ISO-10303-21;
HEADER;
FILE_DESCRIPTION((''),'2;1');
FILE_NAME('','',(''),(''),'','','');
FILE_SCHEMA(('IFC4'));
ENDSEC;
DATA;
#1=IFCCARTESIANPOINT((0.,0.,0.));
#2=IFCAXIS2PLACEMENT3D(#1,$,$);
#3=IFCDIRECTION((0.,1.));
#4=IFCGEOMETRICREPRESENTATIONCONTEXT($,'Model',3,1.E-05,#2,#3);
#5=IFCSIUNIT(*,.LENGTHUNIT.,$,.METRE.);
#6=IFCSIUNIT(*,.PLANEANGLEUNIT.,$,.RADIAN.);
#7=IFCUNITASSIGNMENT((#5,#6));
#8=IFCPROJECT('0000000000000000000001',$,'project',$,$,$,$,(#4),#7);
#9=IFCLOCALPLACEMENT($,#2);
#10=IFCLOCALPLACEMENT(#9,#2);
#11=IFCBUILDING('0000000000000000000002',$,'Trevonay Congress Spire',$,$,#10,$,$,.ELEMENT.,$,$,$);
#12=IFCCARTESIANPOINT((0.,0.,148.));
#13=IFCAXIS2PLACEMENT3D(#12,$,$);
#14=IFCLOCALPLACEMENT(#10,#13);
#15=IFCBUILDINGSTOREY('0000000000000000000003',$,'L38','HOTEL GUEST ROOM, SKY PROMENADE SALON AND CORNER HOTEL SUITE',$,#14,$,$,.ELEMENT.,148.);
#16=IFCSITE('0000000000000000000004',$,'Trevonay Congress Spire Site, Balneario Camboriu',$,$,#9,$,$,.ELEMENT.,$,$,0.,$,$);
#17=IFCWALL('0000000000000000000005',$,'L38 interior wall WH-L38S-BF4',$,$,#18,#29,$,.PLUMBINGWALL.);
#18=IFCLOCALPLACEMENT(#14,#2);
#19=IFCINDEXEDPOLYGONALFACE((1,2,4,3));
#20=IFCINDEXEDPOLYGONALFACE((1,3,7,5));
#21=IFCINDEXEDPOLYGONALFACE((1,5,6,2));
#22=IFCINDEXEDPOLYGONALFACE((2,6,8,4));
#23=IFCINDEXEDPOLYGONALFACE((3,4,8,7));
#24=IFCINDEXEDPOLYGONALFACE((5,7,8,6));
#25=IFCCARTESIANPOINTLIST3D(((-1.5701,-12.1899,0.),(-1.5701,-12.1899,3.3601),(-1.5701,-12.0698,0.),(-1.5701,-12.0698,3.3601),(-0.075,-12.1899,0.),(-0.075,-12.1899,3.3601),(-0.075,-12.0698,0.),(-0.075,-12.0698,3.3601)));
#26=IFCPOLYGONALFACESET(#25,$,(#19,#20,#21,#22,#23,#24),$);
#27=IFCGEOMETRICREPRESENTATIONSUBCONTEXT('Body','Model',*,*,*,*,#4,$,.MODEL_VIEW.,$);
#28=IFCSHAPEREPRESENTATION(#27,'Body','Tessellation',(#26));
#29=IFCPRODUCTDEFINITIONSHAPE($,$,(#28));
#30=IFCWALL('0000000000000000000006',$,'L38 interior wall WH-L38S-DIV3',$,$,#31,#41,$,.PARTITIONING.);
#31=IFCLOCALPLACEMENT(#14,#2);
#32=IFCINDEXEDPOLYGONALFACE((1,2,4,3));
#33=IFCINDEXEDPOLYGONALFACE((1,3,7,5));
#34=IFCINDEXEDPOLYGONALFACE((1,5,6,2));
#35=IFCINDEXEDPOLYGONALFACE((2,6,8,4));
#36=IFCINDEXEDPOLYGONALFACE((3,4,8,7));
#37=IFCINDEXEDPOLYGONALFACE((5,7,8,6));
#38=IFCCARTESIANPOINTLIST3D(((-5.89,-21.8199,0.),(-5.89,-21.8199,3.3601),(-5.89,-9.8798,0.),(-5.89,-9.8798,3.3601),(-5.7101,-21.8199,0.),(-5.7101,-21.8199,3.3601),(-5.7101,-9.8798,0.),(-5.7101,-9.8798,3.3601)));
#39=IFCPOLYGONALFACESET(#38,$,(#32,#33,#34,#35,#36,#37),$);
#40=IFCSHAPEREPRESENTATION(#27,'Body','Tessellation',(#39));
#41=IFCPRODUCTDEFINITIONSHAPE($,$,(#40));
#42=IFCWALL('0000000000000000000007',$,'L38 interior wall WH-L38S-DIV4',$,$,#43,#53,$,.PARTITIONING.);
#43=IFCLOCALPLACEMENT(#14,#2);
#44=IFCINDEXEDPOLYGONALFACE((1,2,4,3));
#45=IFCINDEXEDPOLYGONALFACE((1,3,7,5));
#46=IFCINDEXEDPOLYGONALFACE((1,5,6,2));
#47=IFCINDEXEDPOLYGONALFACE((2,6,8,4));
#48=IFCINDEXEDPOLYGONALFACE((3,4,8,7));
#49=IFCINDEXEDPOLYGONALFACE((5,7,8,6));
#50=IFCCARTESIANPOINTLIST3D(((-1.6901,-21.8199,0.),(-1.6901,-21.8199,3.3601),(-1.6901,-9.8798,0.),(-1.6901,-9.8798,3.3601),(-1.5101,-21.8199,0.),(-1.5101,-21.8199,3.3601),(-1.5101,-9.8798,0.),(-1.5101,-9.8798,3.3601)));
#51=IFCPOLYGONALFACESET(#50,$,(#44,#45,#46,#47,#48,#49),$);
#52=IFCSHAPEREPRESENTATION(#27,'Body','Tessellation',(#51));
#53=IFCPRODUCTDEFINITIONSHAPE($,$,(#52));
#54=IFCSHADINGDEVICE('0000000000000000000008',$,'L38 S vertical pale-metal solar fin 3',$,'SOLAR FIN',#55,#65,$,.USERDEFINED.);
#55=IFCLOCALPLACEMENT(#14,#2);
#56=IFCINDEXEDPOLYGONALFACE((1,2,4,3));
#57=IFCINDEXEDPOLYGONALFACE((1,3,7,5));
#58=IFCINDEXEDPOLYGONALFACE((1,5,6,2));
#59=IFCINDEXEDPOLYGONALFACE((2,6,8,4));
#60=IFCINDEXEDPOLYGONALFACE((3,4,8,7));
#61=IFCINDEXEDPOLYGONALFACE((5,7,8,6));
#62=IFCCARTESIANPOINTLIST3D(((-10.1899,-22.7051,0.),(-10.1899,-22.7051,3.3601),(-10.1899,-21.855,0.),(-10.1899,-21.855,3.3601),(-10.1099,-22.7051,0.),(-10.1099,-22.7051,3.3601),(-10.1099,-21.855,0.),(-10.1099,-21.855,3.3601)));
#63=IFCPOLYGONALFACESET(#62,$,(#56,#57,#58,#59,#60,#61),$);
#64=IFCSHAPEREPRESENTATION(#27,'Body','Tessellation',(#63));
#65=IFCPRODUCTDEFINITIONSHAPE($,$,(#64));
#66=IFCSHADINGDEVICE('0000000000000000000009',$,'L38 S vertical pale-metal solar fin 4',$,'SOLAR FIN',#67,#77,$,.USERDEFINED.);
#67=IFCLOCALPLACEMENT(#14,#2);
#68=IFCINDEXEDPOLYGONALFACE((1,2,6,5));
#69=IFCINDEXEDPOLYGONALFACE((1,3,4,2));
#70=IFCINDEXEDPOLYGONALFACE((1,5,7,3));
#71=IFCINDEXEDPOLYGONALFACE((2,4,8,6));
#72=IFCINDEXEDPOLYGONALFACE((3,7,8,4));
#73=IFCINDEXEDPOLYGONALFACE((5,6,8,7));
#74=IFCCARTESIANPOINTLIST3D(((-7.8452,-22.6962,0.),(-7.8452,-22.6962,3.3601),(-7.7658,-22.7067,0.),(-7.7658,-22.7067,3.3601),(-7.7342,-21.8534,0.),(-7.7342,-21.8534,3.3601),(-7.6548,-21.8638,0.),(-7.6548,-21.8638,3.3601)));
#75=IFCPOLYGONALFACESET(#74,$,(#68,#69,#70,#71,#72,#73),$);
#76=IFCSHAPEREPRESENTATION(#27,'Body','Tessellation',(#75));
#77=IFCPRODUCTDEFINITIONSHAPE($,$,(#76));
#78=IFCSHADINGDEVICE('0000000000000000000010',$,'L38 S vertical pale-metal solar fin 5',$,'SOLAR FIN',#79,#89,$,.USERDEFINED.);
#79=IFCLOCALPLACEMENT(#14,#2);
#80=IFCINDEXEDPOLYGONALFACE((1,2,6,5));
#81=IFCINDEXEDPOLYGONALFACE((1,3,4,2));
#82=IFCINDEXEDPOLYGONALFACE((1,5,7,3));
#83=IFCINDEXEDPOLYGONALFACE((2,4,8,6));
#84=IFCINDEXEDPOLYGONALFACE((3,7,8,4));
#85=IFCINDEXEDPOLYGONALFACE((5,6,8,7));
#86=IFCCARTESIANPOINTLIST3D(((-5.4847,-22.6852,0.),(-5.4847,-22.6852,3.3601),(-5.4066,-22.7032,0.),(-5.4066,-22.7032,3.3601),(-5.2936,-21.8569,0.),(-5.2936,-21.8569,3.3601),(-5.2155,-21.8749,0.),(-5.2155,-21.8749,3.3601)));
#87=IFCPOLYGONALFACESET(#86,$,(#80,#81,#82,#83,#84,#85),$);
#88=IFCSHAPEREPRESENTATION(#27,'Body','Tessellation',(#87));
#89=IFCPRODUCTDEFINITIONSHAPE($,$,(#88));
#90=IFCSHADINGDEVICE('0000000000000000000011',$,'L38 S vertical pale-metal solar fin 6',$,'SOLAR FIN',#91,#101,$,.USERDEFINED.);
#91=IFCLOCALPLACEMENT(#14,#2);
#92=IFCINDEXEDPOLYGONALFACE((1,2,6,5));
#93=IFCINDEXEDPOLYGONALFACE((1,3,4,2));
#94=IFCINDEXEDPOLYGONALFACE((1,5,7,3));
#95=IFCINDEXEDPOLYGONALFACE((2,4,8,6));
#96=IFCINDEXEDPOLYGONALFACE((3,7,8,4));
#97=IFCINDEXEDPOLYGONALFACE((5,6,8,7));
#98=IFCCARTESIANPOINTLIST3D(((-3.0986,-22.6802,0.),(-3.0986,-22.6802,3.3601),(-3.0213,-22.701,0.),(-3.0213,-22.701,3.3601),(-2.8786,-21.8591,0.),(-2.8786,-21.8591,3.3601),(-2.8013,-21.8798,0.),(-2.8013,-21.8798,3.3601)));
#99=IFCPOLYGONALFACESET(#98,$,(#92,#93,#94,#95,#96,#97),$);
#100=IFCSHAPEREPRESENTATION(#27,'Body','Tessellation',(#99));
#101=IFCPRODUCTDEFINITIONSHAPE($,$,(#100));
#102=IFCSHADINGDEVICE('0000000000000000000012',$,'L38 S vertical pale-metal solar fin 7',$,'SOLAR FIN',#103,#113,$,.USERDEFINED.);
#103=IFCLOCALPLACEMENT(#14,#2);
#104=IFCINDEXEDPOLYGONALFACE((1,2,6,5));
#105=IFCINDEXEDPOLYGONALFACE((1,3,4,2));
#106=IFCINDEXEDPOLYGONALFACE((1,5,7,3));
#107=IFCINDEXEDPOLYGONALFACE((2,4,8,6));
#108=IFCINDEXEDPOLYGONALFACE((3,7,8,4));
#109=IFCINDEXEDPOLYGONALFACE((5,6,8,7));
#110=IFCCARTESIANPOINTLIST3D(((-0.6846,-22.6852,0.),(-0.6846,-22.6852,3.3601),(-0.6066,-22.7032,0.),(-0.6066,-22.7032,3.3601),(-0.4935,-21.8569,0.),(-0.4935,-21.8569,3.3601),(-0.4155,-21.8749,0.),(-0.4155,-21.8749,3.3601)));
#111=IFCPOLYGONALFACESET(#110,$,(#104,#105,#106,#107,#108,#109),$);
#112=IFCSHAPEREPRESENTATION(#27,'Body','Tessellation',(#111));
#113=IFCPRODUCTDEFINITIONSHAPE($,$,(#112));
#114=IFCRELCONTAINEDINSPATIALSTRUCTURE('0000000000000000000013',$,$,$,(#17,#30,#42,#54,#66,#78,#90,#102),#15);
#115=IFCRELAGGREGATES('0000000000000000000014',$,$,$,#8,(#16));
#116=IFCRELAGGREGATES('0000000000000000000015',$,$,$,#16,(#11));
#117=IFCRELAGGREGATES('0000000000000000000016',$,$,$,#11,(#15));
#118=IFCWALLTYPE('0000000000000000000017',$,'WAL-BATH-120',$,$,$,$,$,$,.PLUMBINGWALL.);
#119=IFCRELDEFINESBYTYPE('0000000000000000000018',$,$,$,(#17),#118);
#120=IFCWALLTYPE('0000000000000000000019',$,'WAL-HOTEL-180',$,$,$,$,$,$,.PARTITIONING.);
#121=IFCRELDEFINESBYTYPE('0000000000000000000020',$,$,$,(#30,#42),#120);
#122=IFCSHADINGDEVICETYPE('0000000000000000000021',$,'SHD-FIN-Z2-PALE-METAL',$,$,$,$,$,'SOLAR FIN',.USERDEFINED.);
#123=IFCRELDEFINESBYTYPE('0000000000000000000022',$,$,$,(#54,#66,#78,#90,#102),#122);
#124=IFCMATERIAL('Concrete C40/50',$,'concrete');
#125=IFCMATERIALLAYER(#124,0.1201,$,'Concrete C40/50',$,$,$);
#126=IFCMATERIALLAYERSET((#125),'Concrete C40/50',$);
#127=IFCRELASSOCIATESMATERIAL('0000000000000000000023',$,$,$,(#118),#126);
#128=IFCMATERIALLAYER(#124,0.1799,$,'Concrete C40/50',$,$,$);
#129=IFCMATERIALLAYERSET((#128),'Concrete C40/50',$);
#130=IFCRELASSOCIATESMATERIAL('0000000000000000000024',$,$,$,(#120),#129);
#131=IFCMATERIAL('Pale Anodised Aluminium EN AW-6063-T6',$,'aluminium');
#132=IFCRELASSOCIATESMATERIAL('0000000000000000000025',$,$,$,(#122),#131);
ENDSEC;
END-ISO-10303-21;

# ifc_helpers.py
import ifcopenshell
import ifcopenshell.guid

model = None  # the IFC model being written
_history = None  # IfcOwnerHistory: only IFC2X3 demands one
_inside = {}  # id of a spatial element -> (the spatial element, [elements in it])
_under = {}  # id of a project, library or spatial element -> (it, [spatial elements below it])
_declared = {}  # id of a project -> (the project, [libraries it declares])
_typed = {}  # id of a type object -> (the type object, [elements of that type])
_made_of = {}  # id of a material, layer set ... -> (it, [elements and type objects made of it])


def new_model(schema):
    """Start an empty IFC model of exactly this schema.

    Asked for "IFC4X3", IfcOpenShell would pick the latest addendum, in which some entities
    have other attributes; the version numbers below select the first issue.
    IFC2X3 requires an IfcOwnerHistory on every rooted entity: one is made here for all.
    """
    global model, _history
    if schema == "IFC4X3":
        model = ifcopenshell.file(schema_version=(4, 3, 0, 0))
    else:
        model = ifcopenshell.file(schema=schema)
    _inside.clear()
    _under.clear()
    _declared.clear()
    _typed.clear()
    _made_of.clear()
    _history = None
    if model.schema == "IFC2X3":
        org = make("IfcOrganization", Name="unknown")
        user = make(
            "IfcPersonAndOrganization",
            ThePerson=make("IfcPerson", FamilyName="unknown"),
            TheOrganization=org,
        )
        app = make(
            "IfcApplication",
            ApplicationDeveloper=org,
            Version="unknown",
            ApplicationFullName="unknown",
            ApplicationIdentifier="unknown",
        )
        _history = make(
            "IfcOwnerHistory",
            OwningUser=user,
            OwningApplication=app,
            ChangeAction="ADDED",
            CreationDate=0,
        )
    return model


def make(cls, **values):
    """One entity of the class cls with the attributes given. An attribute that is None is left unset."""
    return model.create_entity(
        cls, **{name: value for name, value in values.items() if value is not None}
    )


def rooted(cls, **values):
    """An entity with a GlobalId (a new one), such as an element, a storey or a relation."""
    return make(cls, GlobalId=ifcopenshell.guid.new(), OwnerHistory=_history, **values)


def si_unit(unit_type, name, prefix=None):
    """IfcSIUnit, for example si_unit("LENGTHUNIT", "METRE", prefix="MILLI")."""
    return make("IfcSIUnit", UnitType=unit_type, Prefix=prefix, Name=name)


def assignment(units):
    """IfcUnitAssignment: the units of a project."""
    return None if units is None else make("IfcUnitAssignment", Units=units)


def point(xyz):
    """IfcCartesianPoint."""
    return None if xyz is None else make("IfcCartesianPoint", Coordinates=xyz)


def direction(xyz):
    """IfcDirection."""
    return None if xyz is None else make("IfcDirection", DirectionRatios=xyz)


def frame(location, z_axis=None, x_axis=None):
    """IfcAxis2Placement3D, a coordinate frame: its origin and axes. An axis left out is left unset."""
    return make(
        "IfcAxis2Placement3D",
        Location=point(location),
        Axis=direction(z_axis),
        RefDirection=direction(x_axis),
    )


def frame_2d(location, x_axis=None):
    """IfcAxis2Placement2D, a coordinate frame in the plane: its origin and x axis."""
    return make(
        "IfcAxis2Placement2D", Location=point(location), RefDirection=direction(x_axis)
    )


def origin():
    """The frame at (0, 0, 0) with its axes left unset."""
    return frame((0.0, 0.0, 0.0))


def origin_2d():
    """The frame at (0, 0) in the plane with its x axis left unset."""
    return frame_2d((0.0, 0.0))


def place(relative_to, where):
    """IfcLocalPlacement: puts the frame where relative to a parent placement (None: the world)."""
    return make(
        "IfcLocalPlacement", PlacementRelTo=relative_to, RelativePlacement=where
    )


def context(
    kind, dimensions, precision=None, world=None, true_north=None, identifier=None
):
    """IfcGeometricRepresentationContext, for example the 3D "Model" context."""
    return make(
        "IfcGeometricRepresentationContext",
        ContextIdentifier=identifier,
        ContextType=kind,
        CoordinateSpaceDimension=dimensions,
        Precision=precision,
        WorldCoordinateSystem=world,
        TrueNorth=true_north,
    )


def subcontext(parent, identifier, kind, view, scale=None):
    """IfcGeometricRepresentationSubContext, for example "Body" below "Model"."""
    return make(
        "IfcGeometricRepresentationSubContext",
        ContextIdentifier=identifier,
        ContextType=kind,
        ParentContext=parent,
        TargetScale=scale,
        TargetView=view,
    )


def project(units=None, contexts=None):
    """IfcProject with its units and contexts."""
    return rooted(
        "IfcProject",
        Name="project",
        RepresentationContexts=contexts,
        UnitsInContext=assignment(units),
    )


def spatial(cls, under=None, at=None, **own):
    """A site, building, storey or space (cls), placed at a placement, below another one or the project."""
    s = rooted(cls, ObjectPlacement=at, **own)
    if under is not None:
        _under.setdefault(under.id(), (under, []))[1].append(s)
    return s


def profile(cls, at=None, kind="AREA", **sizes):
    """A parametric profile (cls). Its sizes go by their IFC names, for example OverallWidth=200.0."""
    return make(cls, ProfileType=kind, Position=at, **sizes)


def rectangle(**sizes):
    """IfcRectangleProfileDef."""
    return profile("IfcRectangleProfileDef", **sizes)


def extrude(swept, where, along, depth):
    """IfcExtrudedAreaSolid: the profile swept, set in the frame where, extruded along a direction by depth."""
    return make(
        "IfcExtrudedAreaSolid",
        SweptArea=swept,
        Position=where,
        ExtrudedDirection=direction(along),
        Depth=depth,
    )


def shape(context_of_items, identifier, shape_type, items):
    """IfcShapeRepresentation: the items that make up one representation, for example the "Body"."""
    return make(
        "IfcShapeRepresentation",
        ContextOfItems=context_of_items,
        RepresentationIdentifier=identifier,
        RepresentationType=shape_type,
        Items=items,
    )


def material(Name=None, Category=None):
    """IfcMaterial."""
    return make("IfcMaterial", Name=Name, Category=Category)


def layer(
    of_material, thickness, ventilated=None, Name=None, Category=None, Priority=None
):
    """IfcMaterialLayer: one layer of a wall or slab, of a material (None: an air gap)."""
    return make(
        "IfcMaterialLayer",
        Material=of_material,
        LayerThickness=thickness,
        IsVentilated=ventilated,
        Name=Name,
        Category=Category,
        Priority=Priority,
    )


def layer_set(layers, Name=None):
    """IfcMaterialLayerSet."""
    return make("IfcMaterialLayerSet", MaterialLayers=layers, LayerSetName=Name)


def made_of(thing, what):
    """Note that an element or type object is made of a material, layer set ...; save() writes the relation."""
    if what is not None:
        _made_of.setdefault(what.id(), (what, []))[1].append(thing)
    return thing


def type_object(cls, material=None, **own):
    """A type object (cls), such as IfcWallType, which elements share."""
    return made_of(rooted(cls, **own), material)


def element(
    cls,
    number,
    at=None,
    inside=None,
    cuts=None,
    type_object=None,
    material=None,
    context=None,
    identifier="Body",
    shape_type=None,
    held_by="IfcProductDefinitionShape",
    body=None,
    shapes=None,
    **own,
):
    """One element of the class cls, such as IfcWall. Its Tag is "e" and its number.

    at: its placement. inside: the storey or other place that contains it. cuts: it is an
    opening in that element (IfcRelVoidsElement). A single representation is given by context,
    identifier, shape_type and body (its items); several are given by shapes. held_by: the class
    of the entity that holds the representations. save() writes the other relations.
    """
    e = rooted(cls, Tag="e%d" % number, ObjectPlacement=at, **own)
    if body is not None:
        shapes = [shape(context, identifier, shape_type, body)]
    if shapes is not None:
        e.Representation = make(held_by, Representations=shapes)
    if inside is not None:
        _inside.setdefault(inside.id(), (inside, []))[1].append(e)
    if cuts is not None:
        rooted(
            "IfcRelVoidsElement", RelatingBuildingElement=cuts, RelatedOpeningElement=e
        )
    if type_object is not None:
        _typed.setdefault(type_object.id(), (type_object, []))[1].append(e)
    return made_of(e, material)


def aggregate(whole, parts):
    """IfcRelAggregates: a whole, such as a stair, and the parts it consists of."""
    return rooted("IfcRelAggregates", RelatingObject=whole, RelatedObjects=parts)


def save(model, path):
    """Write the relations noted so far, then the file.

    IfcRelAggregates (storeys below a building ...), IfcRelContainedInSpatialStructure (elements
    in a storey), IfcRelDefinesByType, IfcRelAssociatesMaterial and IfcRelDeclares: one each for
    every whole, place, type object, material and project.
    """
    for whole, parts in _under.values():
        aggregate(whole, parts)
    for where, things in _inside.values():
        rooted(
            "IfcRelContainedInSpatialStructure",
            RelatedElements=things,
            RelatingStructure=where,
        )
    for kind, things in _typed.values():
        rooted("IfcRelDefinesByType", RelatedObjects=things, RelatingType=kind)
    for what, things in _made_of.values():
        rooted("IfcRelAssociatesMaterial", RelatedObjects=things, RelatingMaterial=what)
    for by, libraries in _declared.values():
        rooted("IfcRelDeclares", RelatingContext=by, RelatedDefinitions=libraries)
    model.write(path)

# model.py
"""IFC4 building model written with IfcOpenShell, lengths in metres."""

from ifc_helpers import new_model, si_unit, direction, frame, frame_2d, origin, origin_2d, place, context, subcontext, project, spatial, rectangle, extrude, material, layer, layer_set, type_object, element, save


model = new_model("IFC4")

# Units and contexts
model_context = context("Model", 3, precision=1e-05, world=origin(), true_north=direction((0.0, 1.0)))
body_context = subcontext(model_context, "Body", "Model", "MODEL_VIEW")
ifc_project = project(units=[si_unit("LENGTHUNIT", "METRE"), si_unit("PLANEANGLEUNIT", "RADIAN")], contexts=[model_context])

# Site, building, storey
site_placement = place(None, origin())
site = spatial("IfcSite", under=ifc_project, at=site_placement, Name="Trevonay Congress Spire Site, Balneario Camboriu", CompositionType="ELEMENT", RefElevation=0.0)
building_placement = place(site_placement, origin())
building = spatial("IfcBuilding", under=site, at=building_placement, Name="Trevonay Congress Spire", CompositionType="ELEMENT")
storey_placement = place(building_placement, frame((0.0, 0.0, 148.0)))
storey = spatial("IfcBuildingStorey", under=building, at=storey_placement, Name="L38", Description="HOTEL GUEST ROOM, SKY PROMENADE SALON AND CORNER HOTEL SUITE", CompositionType="ELEMENT", Elevation=148.0)

# Shared definitions
ifc_material_1 = material(Name="Pale Anodised Aluminium EN AW-6063-T6", Category="aluminium")

# Shared definitions
ifc_material_2 = material(Name="Concrete C40/50", Category="concrete")
ifc_layer_1 = layer(ifc_material_2, 0.1201, Name="Concrete C40/50")
ifc_layer_set_1 = layer_set([ifc_layer_1], Name="Concrete C40/50")
wall_type_1 = type_object("IfcWallType", Name="WAL-BATH-120", PredefinedType="PLUMBINGWALL", material=ifc_layer_set_1)

# Walls
wall_1_placement = place(storey_placement, frame((-1.5701, -12.1299, 0.0), z_axis=(0.0, 0.0, 1.0), x_axis=(1.0, 0.0, 0.0)))
element("IfcWall", 1, at=wall_1_placement, inside=storey, type_object=wall_type_1, Name="L38 interior wall WH-L38S-BF4", PredefinedType="PLUMBINGWALL", context=body_context, shape_type="SweptSolid", body=[
    extrude(rectangle(XDim=1.4951, YDim=0.1201, at=frame_2d((0.7476, 0.0))), origin(), (0.0, 0.0, 1.0), 3.3601),
])
ifc_layer_2 = layer(ifc_material_2, 0.1799, Name="Concrete C40/50")
ifc_layer_set_2 = layer_set([ifc_layer_2], Name="Concrete C40/50")
wall_type_2 = type_object("IfcWallType", Name="WAL-HOTEL-180", PredefinedType="PARTITIONING", material=ifc_layer_set_2)
for number, where, z_axis, x_axis, name in (
    (2, (-5.8, -21.8201, 0.0), (0.0, 0.0, 1.0), (0.0, 1.0, 0.0), "L38 interior wall WH-L38S-DIV3"),
    (3, (-1.6001, -21.8201, 0.0), (0.0, 0.0, 1.0), (0.0, 1.0, 0.0), "L38 interior wall WH-L38S-DIV4"),
):
    element("IfcWall", number, at=place(storey_placement, frame(where, z_axis=z_axis, x_axis=x_axis)), inside=storey, type_object=wall_type_2, Name=name, PredefinedType="PARTITIONING", context=body_context, shape_type="SweptSolid", body=[
        extrude(rectangle(XDim=11.9402, YDim=0.1799, at=frame_2d((5.9702, 0.0))), origin(), (0.0, 0.0, 1.0), 3.3601),
    ])

# Shading devices
shading_device_type = type_object("IfcShadingDeviceType", Name="SHD-FIN-Z2-PALE-METAL", ElementType="SOLAR FIN", PredefinedType="USERDEFINED", material=ifc_material_1)
for number, where, z_axis, x_axis, name in (
    (4, (-10.1499, -22.28, 0.0), (0.0, 0.0, 1.0), (1.0, 0.0, 0.0), "L38 S vertical pale-metal solar fin 3"),
    (5, (-7.75, -22.28, 0.0), (0.0, 0.0, 1.0), (0.991445, -0.130526, 0.0), "L38 S vertical pale-metal solar fin 4"),
    (6, (-5.3501, -22.28, 0.0), (0.0, 0.0, 1.0), (0.974409, -0.224781, 0.0), "L38 S vertical pale-metal solar fin 5"),
    (7, (-2.95, -22.28, 0.0), (0.0, 0.0, 1.0), (0.965926, -0.258819, 0.0), "L38 S vertical pale-metal solar fin 6"),
    (8, (-0.55, -22.28, 0.0), (0.0, 0.0, 1.0), (0.974409, -0.224781, 0.0), "L38 S vertical pale-metal solar fin 7"),
):
    element("IfcShadingDevice", number, at=place(storey_placement, frame(where, z_axis=z_axis, x_axis=x_axis)), inside=storey, type_object=shading_device_type, Name=name, ObjectType="SOLAR FIN", PredefinedType="USERDEFINED", context=body_context, shape_type="SweptSolid", body=[
        extrude(rectangle(XDim=0.0801, YDim=0.8501, at=origin_2d()), origin(), (0.0, 0.0, 1.0), 3.3601),
    ])

save(model, "model.ifc")
